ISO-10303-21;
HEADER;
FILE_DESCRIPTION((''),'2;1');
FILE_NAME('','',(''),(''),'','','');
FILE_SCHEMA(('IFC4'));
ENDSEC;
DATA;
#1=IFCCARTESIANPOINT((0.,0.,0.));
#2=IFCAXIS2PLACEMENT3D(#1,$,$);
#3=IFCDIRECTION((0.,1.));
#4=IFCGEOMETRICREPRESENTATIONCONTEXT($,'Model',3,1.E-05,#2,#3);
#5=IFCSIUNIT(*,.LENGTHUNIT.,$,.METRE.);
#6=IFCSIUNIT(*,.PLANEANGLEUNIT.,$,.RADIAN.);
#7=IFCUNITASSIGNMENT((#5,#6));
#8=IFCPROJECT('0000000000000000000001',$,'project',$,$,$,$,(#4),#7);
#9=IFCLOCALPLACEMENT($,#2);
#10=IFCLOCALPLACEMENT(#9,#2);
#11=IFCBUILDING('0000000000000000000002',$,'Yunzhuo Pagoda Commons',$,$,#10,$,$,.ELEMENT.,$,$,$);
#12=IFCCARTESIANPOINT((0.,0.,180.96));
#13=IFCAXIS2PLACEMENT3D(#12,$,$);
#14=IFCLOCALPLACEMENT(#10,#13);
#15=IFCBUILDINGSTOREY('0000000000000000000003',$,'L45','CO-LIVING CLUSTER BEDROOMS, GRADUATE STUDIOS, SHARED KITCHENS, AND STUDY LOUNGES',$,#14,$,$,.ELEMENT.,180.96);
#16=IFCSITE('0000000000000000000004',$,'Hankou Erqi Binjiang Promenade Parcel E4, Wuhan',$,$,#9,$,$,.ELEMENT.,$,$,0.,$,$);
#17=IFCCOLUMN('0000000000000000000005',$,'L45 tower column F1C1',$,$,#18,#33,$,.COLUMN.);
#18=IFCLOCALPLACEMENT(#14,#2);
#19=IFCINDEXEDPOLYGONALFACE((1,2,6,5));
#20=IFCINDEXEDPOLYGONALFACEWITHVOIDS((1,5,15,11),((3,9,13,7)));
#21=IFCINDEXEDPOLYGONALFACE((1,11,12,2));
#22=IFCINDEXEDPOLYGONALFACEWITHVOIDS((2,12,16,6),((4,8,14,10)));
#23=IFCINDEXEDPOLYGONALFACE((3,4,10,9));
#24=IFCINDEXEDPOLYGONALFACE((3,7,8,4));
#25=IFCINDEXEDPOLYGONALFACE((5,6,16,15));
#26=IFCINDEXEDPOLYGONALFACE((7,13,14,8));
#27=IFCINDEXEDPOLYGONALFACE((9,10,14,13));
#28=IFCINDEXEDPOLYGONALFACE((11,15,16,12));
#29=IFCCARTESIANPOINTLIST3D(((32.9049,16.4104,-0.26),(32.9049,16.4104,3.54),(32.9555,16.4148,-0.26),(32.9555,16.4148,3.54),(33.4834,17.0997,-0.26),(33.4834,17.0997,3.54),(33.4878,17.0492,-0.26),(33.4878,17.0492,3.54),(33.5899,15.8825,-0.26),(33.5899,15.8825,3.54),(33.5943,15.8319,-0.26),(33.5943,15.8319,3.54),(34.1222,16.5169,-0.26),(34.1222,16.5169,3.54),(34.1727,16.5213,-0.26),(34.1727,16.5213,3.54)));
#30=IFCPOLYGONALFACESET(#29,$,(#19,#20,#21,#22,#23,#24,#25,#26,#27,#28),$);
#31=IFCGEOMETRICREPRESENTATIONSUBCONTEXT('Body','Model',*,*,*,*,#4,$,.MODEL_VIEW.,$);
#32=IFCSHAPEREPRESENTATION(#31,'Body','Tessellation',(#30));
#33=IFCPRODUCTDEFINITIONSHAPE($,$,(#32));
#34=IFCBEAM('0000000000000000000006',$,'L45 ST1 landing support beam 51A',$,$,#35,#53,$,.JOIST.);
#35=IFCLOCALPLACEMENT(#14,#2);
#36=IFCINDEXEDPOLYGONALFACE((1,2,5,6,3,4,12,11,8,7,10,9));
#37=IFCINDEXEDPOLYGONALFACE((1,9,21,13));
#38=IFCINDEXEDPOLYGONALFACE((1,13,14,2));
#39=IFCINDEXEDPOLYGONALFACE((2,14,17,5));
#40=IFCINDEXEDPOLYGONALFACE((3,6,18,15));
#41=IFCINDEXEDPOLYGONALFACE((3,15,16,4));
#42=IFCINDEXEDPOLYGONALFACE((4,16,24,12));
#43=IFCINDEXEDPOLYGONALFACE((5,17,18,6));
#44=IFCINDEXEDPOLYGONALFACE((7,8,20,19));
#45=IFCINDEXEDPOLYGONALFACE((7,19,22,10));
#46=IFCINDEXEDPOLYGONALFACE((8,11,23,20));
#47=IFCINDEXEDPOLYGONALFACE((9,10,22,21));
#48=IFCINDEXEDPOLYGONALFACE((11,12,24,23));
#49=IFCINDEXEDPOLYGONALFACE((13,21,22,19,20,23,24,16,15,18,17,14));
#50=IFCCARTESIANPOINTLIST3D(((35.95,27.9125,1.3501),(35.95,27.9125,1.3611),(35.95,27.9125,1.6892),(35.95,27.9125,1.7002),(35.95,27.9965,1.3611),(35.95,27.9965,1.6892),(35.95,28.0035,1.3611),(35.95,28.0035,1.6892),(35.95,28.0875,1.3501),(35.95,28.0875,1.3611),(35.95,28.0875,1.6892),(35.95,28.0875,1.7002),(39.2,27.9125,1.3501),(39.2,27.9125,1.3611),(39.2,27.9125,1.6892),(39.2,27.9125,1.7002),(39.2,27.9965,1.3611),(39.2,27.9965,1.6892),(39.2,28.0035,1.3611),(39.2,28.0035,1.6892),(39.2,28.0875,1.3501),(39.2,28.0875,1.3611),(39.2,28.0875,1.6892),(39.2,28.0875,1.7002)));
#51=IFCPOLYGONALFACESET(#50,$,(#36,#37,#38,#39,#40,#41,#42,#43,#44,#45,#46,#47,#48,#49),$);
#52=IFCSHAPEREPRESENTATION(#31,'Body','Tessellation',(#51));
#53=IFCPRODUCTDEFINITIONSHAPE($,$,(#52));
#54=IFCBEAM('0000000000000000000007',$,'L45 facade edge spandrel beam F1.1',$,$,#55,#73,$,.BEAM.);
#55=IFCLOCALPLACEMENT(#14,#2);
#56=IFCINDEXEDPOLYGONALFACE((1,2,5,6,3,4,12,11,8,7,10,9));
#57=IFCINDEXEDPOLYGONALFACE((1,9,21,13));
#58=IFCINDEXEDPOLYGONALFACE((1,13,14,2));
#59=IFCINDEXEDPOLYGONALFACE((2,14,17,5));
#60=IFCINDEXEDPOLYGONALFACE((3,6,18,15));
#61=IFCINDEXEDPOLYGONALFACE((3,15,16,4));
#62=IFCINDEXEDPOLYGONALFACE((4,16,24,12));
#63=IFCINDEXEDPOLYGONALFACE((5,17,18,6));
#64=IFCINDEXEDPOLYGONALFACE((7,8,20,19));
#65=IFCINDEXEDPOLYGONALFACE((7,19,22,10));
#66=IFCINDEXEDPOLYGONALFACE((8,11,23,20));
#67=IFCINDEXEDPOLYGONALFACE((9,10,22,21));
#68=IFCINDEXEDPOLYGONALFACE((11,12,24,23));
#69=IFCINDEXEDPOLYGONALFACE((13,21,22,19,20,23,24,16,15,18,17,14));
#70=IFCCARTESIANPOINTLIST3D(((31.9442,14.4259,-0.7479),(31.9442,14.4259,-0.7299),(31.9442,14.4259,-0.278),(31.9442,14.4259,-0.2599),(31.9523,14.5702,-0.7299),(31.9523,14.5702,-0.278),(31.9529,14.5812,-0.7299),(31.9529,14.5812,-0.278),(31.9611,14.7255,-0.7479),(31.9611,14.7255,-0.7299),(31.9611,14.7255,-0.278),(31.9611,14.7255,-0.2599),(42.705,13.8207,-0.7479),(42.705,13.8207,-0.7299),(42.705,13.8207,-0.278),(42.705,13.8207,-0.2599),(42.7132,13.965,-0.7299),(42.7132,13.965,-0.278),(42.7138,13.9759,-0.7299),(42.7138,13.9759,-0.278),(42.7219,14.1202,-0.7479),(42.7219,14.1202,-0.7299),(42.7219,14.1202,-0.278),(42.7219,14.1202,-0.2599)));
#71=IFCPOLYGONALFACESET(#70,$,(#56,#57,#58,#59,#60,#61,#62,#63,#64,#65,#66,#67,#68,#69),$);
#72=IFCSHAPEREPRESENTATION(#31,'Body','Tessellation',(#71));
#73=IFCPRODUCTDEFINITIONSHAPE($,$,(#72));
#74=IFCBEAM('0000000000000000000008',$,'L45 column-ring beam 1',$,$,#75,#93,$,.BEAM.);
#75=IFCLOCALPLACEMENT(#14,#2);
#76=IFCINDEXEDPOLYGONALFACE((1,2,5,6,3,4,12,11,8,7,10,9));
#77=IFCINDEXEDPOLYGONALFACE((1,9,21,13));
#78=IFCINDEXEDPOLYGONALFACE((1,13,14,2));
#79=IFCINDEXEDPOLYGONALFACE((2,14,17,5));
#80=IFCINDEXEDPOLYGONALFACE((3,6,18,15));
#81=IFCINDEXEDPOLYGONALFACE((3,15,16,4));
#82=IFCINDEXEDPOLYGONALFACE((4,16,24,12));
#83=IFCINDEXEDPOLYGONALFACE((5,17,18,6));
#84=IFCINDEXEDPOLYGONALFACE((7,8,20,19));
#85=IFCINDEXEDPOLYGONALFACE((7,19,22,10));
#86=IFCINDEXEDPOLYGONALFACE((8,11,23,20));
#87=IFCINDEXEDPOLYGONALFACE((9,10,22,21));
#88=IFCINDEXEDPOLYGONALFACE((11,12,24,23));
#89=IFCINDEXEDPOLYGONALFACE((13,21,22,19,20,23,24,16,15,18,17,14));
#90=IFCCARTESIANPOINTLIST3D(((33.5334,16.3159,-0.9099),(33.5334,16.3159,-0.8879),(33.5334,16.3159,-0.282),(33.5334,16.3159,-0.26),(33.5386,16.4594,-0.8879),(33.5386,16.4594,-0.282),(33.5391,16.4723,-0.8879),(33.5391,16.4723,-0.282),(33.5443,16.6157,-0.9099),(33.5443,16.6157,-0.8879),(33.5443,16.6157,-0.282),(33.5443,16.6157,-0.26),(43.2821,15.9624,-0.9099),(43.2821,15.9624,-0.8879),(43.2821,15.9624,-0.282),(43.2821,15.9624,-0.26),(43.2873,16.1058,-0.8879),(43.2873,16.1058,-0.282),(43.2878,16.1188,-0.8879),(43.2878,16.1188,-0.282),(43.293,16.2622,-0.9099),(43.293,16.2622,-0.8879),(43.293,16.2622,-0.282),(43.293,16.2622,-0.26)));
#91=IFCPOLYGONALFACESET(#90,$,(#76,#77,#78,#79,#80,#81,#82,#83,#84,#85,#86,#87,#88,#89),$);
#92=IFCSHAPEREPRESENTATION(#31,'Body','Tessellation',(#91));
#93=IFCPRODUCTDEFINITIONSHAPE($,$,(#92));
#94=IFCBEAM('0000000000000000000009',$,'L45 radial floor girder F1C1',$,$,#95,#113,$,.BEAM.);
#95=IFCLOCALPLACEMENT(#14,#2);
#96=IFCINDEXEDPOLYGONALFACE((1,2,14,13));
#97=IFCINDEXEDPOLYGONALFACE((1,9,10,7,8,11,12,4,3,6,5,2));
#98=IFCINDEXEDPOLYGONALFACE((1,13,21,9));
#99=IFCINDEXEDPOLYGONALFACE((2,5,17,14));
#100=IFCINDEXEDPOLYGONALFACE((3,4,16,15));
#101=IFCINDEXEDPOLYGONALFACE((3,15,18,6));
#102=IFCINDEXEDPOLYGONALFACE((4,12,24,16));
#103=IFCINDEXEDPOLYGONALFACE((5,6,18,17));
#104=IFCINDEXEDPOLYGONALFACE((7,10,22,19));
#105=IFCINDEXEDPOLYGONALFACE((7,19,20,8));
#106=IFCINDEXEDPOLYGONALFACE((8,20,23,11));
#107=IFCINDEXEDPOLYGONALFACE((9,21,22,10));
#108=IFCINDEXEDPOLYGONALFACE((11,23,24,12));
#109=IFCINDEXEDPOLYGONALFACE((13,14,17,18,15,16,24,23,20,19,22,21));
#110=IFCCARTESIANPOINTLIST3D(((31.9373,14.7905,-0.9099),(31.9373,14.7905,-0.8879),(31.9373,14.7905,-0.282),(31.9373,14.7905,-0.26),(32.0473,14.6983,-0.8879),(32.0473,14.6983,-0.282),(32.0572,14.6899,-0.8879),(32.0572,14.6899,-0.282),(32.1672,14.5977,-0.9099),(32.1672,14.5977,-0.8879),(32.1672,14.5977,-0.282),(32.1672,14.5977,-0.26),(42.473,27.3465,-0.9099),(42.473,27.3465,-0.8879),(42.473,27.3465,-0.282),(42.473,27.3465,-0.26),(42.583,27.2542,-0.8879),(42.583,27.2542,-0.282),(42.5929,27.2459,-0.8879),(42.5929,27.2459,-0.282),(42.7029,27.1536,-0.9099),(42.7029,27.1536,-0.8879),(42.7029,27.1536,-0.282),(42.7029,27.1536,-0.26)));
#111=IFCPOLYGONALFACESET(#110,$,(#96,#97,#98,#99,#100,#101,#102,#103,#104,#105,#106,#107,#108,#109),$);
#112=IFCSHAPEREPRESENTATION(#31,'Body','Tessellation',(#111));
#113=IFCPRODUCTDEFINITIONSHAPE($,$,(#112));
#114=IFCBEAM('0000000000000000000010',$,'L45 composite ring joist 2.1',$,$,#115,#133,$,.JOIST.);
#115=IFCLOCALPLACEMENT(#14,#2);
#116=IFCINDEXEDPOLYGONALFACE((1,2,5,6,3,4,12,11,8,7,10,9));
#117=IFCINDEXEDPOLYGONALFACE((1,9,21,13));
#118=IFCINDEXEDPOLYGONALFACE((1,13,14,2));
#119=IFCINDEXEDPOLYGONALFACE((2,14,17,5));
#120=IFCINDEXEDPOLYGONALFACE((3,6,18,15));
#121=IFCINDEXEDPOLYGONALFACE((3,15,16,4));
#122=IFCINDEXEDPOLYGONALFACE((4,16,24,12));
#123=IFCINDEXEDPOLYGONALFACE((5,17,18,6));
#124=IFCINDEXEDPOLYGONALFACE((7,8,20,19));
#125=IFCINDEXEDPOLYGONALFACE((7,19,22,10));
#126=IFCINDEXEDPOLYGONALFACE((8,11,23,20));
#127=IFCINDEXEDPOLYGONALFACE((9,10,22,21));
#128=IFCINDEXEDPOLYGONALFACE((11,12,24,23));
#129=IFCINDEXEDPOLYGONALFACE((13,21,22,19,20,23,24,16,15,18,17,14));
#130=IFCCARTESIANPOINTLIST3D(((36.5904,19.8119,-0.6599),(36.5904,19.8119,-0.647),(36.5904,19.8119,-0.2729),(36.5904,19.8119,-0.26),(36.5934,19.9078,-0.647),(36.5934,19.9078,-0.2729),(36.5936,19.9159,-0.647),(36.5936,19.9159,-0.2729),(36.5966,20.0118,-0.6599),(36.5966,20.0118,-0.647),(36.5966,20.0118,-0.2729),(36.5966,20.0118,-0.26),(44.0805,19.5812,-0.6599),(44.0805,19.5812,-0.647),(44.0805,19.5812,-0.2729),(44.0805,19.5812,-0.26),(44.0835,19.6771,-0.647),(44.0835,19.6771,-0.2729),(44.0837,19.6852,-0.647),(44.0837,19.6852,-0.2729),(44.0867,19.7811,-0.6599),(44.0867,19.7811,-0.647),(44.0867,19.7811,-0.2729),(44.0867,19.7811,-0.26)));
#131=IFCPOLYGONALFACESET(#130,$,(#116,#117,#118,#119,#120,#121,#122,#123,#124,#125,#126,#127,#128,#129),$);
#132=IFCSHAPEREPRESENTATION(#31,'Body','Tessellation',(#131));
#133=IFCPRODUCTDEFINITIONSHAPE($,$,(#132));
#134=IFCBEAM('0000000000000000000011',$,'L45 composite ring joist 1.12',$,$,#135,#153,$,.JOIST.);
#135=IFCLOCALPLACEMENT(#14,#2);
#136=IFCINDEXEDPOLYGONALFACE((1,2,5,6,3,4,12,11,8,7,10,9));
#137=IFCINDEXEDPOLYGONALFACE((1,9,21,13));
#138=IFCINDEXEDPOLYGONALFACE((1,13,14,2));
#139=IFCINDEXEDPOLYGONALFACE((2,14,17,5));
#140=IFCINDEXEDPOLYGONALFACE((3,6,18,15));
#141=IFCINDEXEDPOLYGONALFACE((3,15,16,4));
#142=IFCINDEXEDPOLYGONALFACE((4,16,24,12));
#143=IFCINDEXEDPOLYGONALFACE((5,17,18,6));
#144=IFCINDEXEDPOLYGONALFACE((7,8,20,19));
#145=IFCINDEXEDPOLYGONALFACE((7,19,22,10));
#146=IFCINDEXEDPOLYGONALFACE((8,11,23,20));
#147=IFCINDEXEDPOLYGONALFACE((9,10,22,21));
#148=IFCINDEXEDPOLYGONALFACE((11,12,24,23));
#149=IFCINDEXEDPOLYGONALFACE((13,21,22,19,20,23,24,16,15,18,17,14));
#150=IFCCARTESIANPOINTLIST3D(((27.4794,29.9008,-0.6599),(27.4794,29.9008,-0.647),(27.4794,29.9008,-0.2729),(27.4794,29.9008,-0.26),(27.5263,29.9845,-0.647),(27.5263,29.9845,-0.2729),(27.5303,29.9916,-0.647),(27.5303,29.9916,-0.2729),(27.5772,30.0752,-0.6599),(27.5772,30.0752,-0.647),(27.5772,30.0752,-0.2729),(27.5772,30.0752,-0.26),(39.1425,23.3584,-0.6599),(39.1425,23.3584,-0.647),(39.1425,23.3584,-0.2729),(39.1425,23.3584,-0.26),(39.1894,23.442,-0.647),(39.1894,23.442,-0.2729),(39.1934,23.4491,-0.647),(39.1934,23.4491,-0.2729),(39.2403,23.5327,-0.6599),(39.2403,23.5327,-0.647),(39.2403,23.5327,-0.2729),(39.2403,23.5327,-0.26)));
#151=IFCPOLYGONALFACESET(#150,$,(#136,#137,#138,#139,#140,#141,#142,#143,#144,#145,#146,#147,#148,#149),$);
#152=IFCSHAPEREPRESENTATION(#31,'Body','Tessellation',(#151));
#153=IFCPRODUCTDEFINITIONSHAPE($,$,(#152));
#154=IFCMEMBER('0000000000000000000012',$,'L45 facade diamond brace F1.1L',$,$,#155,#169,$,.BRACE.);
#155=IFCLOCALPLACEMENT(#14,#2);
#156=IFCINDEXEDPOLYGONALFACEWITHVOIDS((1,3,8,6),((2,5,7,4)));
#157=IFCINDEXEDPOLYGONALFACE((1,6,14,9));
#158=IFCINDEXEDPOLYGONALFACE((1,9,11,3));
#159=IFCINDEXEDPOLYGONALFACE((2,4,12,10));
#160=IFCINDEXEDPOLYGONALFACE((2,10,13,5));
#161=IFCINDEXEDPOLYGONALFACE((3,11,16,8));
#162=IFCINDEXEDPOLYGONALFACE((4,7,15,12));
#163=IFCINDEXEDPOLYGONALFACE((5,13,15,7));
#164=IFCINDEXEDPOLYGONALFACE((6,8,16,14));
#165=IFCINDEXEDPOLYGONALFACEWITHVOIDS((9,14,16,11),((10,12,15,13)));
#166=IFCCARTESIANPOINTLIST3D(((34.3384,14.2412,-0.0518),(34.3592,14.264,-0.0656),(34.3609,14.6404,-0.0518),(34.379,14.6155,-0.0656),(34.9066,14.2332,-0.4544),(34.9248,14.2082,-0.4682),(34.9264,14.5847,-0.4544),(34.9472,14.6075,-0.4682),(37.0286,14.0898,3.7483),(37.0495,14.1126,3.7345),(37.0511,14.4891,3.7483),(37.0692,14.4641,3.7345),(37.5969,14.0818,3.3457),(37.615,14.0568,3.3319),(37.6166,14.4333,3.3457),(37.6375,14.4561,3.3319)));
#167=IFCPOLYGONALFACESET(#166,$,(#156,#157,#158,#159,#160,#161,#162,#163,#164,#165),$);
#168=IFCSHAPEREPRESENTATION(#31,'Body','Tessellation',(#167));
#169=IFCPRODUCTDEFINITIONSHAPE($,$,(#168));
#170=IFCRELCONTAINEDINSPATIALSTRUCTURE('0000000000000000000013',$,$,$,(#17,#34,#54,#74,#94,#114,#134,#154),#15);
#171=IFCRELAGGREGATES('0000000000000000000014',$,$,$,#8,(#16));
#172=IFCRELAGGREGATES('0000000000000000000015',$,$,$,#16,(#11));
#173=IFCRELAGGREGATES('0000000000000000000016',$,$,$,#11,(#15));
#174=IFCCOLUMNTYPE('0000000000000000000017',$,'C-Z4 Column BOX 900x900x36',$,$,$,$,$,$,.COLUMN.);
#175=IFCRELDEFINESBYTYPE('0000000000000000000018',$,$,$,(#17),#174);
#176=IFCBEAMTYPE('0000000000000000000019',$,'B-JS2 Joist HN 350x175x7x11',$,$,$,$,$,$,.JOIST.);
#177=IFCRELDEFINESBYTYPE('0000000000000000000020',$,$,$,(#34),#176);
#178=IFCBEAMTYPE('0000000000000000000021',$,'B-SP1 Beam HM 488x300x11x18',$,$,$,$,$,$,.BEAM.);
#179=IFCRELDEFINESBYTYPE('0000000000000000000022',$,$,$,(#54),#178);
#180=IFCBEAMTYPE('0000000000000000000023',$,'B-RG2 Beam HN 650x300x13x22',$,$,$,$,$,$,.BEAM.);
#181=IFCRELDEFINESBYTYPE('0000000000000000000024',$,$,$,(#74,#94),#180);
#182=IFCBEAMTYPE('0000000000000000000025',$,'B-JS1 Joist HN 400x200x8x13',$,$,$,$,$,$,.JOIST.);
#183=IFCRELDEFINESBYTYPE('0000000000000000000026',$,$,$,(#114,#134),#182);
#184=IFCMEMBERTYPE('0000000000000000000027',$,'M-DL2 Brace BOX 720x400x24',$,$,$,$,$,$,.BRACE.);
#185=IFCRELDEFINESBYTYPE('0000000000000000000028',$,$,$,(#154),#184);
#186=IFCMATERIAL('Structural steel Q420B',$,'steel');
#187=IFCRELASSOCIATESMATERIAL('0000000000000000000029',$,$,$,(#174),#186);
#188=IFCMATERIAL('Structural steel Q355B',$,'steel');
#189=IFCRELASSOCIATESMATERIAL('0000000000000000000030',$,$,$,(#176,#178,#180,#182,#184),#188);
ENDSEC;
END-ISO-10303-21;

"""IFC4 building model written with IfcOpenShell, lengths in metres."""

from ifc_helpers import new_model, si_unit, direction, frame, origin, origin_2d, place, context, subcontext, project, spatial, hollow_rectangle, i_section, extrude, source, transform, mapped, material, material_profile, profile_set, type_object, element, save


model = new_model("IFC4")

# Units and contexts
model_context = context("Model", 3, precision=1e-05, world=origin(), true_north=direction((0.0, 1.0)))
body_context = subcontext(model_context, "Body", "Model", "MODEL_VIEW")
ifc_project = project(units=[si_unit("LENGTHUNIT", "METRE"), si_unit("PLANEANGLEUNIT", "RADIAN")], contexts=[model_context])

# Site, building, storey
site_placement = place(None, origin())
site = spatial("IfcSite", under=ifc_project, at=site_placement, Name="Hankou Erqi Binjiang Promenade Parcel E4, Wuhan", CompositionType="ELEMENT", RefElevation=0.0)
building_placement = place(site_placement, origin())
building = spatial("IfcBuilding", under=site, at=building_placement, Name="Yunzhuo Pagoda Commons", CompositionType="ELEMENT")
storey_placement = place(building_placement, frame((0.0, 0.0, 180.96)))
storey = spatial("IfcBuildingStorey", under=building, at=storey_placement, Name="L45", Description="CO-LIVING CLUSTER BEDROOMS, GRADUATE STUDIOS, SHARED KITCHENS, AND STUDY LOUNGES", CompositionType="ELEMENT", Elevation=180.96)

# Column
ifc_material_1 = material(Name="Structural steel Q420B", Category="steel")
ifc_material_profile_1 = material_profile(ifc_material_1, hollow_rectangle(XDim=0.8999, YDim=0.8999, WallThickness=0.0359, at=origin_2d()), Name="Structural steel Q420B")
ifc_profile_set_1 = profile_set([ifc_material_profile_1], Name="Structural steel Q420B")
column_type = type_object("IfcColumnType", Name="C-Z4 Column BOX 900x900x36", PredefinedType="COLUMN", material=ifc_profile_set_1)
shared_shape_1 = source(origin(), body_context, "Body", "SweptSolid", [
    extrude(hollow_rectangle(XDim=0.8999, YDim=0.8999, WallThickness=0.0359, at=origin_2d()), origin(), (0.0, 0.0, 1.0), 3.8),
])
column_placement = place(storey_placement, frame((33.5388, 16.4658, -0.26), z_axis=(0.0, 0.0, 1.0), x_axis=(0.766044, -0.642788, 0.0)))
element("IfcColumn", 1, at=column_placement, inside=storey, type_object=column_type, Name="L45 tower column F1C1", PredefinedType="COLUMN", context=body_context, shape_type="MappedRepresentation", body=[
    mapped(shared_shape_1, transform((0.0, 0.0, 0.0), scale=1.0)),
])

# Beams
ifc_material_2 = material(Name="Structural steel Q355B", Category="steel")
ifc_material_profile_2 = material_profile(ifc_material_2, i_section(OverallWidth=0.175, OverallDepth=0.3501, WebThickness=0.0071, FlangeThickness=0.011, at=origin_2d()), Name="Structural steel Q355B")
ifc_profile_set_2 = profile_set([ifc_material_profile_2], Name="Structural steel Q355B")
beam_type_1 = type_object("IfcBeamType", Name="B-JS2 Joist HN 350x175x7x11", PredefinedType="JOIST", material=ifc_profile_set_2)
shared_shape_2 = source(origin(), body_context, "Body", "SweptSolid", [
    extrude(i_section(OverallWidth=0.175, OverallDepth=0.3501, WebThickness=0.0071, FlangeThickness=0.011, at=origin_2d()), origin(), (0.0, 0.0, 1.0), 3.25),
])
beam_1_placement = place(storey_placement, frame((35.95, 28.0, 1.5251), z_axis=(1.0, 0.0, 0.0), x_axis=(0.0, 1.0, 0.0)))
element("IfcBeam", 2, at=beam_1_placement, inside=storey, type_object=beam_type_1, Name="L45 ST1 landing support beam 51A", PredefinedType="JOIST", context=body_context, shape_type="MappedRepresentation", body=[
    mapped(shared_shape_2, transform((0.0, 0.0, 0.0), scale=1.0)),
])
ifc_material_profile_3 = material_profile(ifc_material_2, i_section(OverallWidth=0.3, OverallDepth=0.488, WebThickness=0.011, FlangeThickness=0.0181, at=origin_2d()), Name="Structural steel Q355B")
ifc_profile_set_3 = profile_set([ifc_material_profile_3], Name="Structural steel Q355B")
beam_type_2 = type_object("IfcBeamType", Name="B-SP1 Beam HM 488x300x11x18", PredefinedType="BEAM", material=ifc_profile_set_3)
shared_shape_3 = source(origin(), body_context, "Body", "SweptSolid", [
    extrude(i_section(OverallWidth=0.3, OverallDepth=0.488, WebThickness=0.011, FlangeThickness=0.0181, at=origin_2d()), origin(), (0.0, 0.0, 1.0), 10.7778),
])
beam_2_placement = place(storey_placement, frame((31.9526, 14.5757, -0.5039), z_axis=(0.998422, -0.056155, 0.0), x_axis=(0.056155, 0.998422, 0.0)))
element("IfcBeam", 3, at=beam_2_placement, inside=storey, type_object=beam_type_2, Name="L45 facade edge spandrel beam F1.1", PredefinedType="BEAM", context=body_context, shape_type="MappedRepresentation", body=[
    mapped(shared_shape_3, transform((0.0, 0.0, 0.0), scale=1.0)),
])
ifc_material_profile_4 = material_profile(ifc_material_2, i_section(OverallWidth=0.3, OverallDepth=0.6499, WebThickness=0.0129, FlangeThickness=0.022, at=origin_2d()), Name="Structural steel Q355B")
ifc_profile_set_4 = profile_set([ifc_material_profile_4], Name="Structural steel Q355B")
beam_type_3 = type_object("IfcBeamType", Name="B-RG2 Beam HN 650x300x13x22", PredefinedType="BEAM", material=ifc_profile_set_4)
shared_shape_4 = source(origin(), body_context, "Body", "SweptSolid", [
    extrude(i_section(OverallWidth=0.3, OverallDepth=0.6499, WebThickness=0.0129, FlangeThickness=0.022, at=origin_2d()), origin(), (0.0, 0.0, 1.0), 9.7551),
])
beam_3_placement = place(storey_placement, frame((33.5388, 16.4658, -0.585), z_axis=(0.999343, -0.036239, 0.0), x_axis=(0.036239, 0.999343, 0.0)))
element("IfcBeam", 4, at=beam_3_placement, inside=storey, type_object=beam_type_3, Name="L45 column-ring beam 1", PredefinedType="BEAM", context=body_context, shape_type="MappedRepresentation", body=[
    mapped(shared_shape_4, transform((0.0, 0.0, 0.0), scale=1.0)),
])
shared_shape_5 = source(origin(), body_context, "Body", "SweptSolid", [
    extrude(i_section(OverallWidth=0.3, OverallDepth=0.6499, WebThickness=0.0129, FlangeThickness=0.022, at=origin_2d()), origin(), (0.0, 0.0, 1.0), 16.3906),
])
beam_4_placement = place(storey_placement, frame((32.0522, 14.6941, -0.585), z_axis=(0.642787, 0.766045, 0.0), x_axis=(-0.766045, 0.642787, 0.0)))
element("IfcBeam", 5, at=beam_4_placement, inside=storey, type_object=beam_type_3, Name="L45 radial floor girder F1C1", PredefinedType="BEAM", context=body_context, shape_type="MappedRepresentation", body=[
    mapped(shared_shape_5, transform((0.0, 0.0, 0.0), scale=1.0)),
])
ifc_material_profile_5 = material_profile(ifc_material_2, i_section(OverallWidth=0.2, OverallDepth=0.3999, WebThickness=0.0081, FlangeThickness=0.0129, at=origin_2d()), Name="Structural steel Q355B")
ifc_profile_set_5 = profile_set([ifc_material_profile_5], Name="Structural steel Q355B")
beam_type_4 = type_object("IfcBeamType", Name="B-JS1 Joist HN 400x200x8x13", PredefinedType="JOIST", material=ifc_profile_set_5)
shared_shape_6 = source(origin(), body_context, "Body", "SweptSolid", [
    extrude(i_section(OverallWidth=0.2, OverallDepth=0.3999, WebThickness=0.0081, FlangeThickness=0.0129, at=origin_2d()), origin(), (0.0, 0.0, 1.0), 7.4937),
])
beam_5_placement = place(storey_placement, frame((36.5935, 19.9119, -0.46), z_axis=(0.999526, -0.030788, 0.0), x_axis=(0.030788, 0.999526, 0.0)))
element("IfcBeam", 6, at=beam_5_placement, inside=storey, type_object=beam_type_4, Name="L45 composite ring joist 2.1", PredefinedType="JOIST", context=body_context, shape_type="MappedRepresentation", body=[
    mapped(shared_shape_6, transform((0.0, 0.0, 0.0), scale=1.0)),
])
shared_shape_7 = source(origin(), body_context, "Body", "SweptSolid", [
    extrude(i_section(OverallWidth=0.2, OverallDepth=0.3999, WebThickness=0.0081, FlangeThickness=0.0129, at=origin_2d()), origin(), (0.0, 0.0, 1.0), 13.3728),
])
beam_6_placement = place(storey_placement, frame((27.5283, 29.988, -0.46), z_axis=(0.87215, -0.489238, 0.0), x_axis=(0.489238, 0.87215, 0.0)))
element("IfcBeam", 7, at=beam_6_placement, inside=storey, type_object=beam_type_4, Name="L45 composite ring joist 1.12", PredefinedType="JOIST", context=body_context, shape_type="MappedRepresentation", body=[
    mapped(shared_shape_7, transform((0.0, 0.0, 0.0), scale=1.0)),
])

# Member
ifc_material_profile_6 = material_profile(ifc_material_2, hollow_rectangle(XDim=0.3999, YDim=0.72, WallThickness=0.0239, at=origin_2d()), Name="Structural steel Q355B")
ifc_profile_set_6 = profile_set([ifc_material_profile_6], Name="Structural steel Q355B")
member_type_1 = type_object("IfcMemberType", Name="M-DL2 Brace BOX 720x400x24", PredefinedType="BRACE", material=ifc_profile_set_6)
shared_shape_8 = source(origin(), body_context, "Body", "SweptSolid", [
    extrude(hollow_rectangle(XDim=0.3999, YDim=0.72, WallThickness=0.0239, at=origin_2d()), origin(), (0.0, 0.0, 1.0), 4.6584),
])
member_1_placement = place(storey_placement, frame((34.6428, 14.4243, -0.26), z_axis=(0.577495, -0.032494, 0.815747), x_axis=(0.056178, 0.998421, 0.0)))
element("IfcMember", 8, at=member_1_placement, inside=storey, type_object=member_type_1, Name="L45 facade diamond brace F1.1L", PredefinedType="BRACE", context=body_context, shape_type="MappedRepresentation", body=[
    mapped(shared_shape_8, transform((0.0, 0.0, 0.0), scale=1.0)),
])

save(model, "model.ifc")
